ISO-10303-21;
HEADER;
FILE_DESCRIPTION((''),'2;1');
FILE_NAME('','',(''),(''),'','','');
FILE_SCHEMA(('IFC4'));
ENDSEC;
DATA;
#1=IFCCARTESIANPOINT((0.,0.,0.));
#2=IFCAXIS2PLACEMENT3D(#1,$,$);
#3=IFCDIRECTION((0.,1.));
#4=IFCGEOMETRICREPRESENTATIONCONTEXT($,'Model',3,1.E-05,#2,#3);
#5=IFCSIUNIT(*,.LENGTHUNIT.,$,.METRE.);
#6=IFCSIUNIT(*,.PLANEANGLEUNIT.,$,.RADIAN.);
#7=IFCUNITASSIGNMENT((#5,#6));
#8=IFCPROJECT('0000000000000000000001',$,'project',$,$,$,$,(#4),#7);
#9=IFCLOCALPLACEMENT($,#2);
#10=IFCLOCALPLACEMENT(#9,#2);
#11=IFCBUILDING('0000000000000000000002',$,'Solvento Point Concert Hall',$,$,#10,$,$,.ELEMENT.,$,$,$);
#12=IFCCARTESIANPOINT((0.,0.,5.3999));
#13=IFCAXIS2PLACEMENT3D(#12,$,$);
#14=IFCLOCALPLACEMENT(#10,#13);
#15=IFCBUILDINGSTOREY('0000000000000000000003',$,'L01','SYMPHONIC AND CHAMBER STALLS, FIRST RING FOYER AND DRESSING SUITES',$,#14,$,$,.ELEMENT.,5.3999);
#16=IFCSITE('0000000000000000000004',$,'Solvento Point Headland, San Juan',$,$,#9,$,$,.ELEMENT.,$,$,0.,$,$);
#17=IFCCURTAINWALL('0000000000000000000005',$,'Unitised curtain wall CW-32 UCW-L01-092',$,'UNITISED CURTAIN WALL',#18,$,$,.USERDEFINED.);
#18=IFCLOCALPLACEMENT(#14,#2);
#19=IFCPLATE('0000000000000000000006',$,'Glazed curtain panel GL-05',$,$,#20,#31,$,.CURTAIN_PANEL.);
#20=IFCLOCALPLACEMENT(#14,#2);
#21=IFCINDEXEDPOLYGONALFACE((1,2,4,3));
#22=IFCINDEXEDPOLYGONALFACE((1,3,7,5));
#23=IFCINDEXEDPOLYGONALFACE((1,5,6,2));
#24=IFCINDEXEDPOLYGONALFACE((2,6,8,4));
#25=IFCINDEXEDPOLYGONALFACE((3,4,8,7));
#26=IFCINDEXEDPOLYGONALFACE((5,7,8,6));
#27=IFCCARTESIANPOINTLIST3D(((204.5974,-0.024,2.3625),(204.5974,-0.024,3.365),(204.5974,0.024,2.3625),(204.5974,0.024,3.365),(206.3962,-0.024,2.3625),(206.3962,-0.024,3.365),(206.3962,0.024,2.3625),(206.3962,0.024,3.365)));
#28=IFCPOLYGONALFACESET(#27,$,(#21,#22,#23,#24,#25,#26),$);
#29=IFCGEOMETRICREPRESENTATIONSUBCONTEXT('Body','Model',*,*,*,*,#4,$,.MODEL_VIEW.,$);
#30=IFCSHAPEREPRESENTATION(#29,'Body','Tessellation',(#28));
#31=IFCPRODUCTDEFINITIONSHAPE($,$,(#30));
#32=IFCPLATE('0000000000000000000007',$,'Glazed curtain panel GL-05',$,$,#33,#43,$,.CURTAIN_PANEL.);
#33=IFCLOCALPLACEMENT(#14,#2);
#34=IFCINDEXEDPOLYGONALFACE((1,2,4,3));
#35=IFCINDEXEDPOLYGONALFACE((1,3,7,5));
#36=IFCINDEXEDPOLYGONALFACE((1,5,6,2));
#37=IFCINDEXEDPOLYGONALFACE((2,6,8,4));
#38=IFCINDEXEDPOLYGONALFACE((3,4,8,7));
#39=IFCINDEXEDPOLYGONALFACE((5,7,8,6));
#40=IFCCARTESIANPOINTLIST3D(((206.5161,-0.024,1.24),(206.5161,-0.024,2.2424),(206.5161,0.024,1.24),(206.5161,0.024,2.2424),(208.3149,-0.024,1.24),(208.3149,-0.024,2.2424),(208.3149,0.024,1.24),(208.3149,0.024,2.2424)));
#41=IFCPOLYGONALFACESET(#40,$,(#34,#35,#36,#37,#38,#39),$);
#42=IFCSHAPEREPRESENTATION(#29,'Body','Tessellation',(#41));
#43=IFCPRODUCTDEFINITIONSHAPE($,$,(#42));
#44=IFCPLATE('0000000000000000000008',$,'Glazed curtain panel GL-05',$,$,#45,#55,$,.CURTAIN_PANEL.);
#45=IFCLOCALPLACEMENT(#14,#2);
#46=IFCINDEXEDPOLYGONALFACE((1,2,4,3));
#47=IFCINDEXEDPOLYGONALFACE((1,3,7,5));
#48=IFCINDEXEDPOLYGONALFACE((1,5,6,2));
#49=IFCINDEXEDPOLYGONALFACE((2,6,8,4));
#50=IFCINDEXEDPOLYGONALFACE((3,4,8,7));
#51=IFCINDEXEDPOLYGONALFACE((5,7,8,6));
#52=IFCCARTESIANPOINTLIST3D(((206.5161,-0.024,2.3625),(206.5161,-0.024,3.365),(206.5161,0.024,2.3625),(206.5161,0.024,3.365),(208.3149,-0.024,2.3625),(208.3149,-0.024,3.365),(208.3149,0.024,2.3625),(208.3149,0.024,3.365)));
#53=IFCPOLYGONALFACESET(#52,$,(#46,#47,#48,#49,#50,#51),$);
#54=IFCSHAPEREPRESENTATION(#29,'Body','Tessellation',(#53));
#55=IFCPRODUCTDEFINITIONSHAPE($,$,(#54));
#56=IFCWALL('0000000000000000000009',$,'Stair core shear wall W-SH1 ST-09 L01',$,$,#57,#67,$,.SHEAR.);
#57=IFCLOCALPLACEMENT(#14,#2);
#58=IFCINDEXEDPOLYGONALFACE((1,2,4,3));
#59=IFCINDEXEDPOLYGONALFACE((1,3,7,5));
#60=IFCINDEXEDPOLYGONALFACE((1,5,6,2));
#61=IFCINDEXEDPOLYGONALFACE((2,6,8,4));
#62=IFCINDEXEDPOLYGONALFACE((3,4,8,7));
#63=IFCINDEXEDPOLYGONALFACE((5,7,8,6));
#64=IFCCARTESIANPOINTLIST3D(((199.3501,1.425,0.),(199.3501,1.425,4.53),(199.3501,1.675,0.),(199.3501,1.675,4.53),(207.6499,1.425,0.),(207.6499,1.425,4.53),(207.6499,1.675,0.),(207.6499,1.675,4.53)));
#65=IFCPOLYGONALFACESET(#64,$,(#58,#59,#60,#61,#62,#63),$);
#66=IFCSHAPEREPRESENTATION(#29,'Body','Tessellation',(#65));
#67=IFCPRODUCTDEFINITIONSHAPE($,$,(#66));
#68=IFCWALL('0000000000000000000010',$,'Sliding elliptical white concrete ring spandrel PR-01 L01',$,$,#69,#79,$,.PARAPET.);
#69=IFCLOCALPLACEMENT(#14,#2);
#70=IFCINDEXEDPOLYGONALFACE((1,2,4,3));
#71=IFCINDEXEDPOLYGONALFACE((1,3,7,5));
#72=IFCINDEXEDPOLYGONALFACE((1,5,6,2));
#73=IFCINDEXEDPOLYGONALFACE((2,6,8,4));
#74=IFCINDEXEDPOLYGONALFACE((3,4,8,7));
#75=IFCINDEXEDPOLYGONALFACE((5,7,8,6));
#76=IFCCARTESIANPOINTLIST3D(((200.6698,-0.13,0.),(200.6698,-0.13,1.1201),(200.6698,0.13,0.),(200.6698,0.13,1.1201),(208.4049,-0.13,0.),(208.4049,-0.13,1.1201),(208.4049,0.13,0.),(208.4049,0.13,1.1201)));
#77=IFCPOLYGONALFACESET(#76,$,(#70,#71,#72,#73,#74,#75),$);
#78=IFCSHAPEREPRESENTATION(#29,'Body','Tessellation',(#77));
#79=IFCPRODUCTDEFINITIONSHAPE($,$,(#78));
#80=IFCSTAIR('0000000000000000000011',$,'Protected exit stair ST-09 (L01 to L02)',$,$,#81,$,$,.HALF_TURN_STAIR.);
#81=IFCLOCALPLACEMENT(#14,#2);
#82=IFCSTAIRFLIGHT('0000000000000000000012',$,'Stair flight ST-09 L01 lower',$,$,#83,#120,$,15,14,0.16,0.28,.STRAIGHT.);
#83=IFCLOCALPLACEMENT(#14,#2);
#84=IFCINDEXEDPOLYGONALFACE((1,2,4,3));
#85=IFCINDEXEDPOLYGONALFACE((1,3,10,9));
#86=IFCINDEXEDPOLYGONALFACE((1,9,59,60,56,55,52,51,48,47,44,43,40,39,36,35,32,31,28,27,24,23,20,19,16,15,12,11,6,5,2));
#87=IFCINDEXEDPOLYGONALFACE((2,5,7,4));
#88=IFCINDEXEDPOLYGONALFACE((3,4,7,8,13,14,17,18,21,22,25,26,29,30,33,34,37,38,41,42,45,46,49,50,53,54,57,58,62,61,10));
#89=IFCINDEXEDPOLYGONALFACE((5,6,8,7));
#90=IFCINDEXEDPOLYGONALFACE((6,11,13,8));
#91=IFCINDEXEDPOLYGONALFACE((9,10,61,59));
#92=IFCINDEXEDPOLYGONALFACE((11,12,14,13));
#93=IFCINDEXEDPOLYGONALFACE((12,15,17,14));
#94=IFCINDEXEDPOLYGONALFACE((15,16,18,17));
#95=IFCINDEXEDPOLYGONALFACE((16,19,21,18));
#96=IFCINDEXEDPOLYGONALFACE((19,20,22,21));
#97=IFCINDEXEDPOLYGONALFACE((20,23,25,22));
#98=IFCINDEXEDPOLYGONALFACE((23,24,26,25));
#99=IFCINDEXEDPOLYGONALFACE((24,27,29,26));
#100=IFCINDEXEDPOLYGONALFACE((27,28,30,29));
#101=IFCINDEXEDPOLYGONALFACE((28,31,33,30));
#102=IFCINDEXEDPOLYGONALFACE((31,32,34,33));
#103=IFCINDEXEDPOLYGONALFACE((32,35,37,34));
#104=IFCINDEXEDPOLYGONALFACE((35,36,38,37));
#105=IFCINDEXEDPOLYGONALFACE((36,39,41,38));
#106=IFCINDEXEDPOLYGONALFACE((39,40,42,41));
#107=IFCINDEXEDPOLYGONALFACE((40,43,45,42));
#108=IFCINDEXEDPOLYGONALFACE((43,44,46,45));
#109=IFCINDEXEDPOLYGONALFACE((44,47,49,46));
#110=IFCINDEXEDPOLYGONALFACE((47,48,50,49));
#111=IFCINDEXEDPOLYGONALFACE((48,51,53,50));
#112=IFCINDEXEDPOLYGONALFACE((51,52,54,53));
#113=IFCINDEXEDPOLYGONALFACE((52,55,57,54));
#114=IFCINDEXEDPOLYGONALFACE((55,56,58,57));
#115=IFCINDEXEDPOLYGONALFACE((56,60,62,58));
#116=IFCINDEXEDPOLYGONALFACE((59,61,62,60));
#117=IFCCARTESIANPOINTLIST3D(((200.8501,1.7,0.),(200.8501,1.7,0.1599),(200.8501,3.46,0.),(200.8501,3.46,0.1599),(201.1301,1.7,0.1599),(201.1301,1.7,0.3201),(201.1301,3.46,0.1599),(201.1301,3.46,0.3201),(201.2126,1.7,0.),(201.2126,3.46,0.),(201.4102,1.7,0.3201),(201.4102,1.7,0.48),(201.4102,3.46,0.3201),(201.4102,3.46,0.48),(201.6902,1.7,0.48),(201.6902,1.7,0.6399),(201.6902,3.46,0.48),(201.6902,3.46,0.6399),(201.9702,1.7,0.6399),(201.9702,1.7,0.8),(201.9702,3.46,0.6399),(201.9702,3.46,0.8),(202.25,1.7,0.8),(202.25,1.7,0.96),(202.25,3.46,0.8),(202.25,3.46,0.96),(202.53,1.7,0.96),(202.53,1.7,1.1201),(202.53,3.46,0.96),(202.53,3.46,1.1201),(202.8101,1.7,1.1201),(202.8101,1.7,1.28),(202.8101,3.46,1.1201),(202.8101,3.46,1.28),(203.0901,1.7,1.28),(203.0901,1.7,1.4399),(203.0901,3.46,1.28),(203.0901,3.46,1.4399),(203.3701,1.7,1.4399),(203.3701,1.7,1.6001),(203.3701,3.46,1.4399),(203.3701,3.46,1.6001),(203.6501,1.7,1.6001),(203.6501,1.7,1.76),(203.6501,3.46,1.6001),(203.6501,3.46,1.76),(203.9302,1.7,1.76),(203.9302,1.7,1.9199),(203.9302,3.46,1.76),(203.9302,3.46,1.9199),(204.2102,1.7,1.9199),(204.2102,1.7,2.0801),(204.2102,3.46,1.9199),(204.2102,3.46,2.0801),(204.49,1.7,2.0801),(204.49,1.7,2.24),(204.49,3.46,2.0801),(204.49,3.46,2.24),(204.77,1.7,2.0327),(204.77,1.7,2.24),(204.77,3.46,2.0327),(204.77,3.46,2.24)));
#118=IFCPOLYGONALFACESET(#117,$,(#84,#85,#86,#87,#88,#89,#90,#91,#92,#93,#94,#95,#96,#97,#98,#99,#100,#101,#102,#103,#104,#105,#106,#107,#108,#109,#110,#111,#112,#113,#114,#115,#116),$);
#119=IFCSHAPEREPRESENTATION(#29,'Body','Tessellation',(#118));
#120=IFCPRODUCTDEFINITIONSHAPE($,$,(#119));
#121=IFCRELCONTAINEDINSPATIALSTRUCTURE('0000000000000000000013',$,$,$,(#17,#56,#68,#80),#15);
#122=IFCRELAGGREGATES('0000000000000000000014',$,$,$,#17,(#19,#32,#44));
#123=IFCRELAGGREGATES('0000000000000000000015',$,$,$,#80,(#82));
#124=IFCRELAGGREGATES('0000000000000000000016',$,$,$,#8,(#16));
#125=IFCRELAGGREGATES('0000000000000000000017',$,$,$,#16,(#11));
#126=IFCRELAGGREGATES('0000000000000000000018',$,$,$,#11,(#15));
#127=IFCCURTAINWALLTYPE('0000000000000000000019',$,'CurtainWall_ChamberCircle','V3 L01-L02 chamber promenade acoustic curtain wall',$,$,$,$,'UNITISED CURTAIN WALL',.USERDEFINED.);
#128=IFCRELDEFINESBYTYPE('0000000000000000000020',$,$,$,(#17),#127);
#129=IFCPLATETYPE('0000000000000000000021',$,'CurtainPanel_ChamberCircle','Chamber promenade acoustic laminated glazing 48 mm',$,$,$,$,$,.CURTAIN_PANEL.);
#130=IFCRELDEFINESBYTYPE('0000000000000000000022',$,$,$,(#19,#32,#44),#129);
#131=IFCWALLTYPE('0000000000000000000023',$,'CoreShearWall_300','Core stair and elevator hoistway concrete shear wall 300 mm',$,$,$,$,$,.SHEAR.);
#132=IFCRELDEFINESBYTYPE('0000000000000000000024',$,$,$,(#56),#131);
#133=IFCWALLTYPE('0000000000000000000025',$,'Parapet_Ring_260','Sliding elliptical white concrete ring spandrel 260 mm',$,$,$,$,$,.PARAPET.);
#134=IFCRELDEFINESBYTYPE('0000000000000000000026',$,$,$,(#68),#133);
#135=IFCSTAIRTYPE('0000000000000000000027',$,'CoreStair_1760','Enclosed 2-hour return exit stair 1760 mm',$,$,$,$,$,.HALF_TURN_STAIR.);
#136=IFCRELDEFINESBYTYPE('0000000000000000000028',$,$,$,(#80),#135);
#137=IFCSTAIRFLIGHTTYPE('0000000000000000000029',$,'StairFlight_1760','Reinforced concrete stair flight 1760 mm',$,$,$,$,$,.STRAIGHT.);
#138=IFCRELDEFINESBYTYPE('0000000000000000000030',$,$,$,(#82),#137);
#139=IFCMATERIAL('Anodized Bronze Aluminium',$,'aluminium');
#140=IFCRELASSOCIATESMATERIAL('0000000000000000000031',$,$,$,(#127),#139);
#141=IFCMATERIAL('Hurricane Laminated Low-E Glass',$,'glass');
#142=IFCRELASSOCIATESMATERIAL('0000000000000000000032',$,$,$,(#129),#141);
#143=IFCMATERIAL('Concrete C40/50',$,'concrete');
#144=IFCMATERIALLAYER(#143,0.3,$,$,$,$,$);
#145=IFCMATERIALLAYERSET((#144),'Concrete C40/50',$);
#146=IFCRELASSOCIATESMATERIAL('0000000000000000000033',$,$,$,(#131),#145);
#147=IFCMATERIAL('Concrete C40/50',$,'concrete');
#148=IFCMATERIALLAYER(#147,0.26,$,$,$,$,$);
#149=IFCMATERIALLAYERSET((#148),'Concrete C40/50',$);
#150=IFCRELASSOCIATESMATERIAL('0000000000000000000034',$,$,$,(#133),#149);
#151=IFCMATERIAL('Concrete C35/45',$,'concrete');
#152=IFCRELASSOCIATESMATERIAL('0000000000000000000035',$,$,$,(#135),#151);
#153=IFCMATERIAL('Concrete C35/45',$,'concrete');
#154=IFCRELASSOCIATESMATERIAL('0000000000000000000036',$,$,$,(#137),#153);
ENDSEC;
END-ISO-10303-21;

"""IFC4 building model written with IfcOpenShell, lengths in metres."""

from ifc_helpers import new_model, si_unit, direction, frame, frame_2d, origin, origin_2d, place, context, subcontext, project, spatial, polyline, rectangle, outline, extrude, material, layer, layer_set, type_object, element, aggregate, save


model = new_model("IFC4")

# Units and contexts
model_context = context("Model", 3, precision=1e-05, world=origin(), true_north=direction((0.0, 1.0)))
body_context = subcontext(model_context, "Body", "Model", "MODEL_VIEW")
ifc_project = project(units=[si_unit("LENGTHUNIT", "METRE"), si_unit("PLANEANGLEUNIT", "RADIAN")], contexts=[model_context])

# Site, building, storey
site_placement = place(None, origin())
site = spatial("IfcSite", under=ifc_project, at=site_placement, Name="Solvento Point Headland, San Juan", CompositionType="ELEMENT", RefElevation=0.0)
building_placement = place(site_placement, origin())
building = spatial("IfcBuilding", under=site, at=building_placement, Name="Solvento Point Concert Hall", CompositionType="ELEMENT")
storey_placement = place(building_placement, frame((0.0, 0.0, 5.3999)))
storey = spatial("IfcBuildingStorey", under=building, at=storey_placement, Name="L01", Description="SYMPHONIC AND CHAMBER STALLS, FIRST RING FOYER AND DRESSING SUITES", CompositionType="ELEMENT", Elevation=5.3999)

# Curtain wall
ifc_material_1 = material(Name="Anodized Bronze Aluminium", Category="aluminium")
curtain_wall_type = type_object("IfcCurtainWallType", Name="CurtainWall_ChamberCircle", Description="V3 L01-L02 chamber promenade acoustic curtain wall", ElementType="UNITISED CURTAIN WALL", PredefinedType="USERDEFINED", material=ifc_material_1)
curtain_wall_1_placement = place(storey_placement, origin())
curtain_wall_1 = element("IfcCurtainWall", 1, at=curtain_wall_1_placement, inside=storey, type_object=curtain_wall_type, Name="Unitised curtain wall CW-32 UCW-L01-092", ObjectType="UNITISED CURTAIN WALL", PredefinedType="USERDEFINED")

# Plates
ifc_material_2 = material(Name="Hurricane Laminated Low-E Glass", Category="glass")
plate_type = type_object("IfcPlateType", Name="CurtainPanel_ChamberCircle", Description="Chamber promenade acoustic laminated glazing 48 mm", PredefinedType="CURTAIN_PANEL", material=ifc_material_2)
plate_1_placement = place(storey_placement, frame((205.4968, 0.0, 2.3625), z_axis=(0.0, 0.0, 1.0), x_axis=(1.0, 0.0, 0.0)))
plate_1 = element("IfcPlate", 2, at=plate_1_placement, type_object=plate_type, Name="Glazed curtain panel GL-05", PredefinedType="CURTAIN_PANEL", context=body_context, shape_type="SweptSolid", body=[
    extrude(rectangle(XDim=1.7988, YDim=0.0481, at=origin_2d()), origin(), (0.0, 0.0, 1.0), 1.0024),
])
plate_2_placement = place(storey_placement, frame((207.4155, 0.0, 1.24), z_axis=(0.0, 0.0, 1.0), x_axis=(1.0, 0.0, 0.0)))
plate_2 = element("IfcPlate", 3, at=plate_2_placement, type_object=plate_type, Name="Glazed curtain panel GL-05", PredefinedType="CURTAIN_PANEL", context=body_context, shape_type="SweptSolid", body=[
    extrude(rectangle(XDim=1.7988, YDim=0.0481, at=origin_2d()), origin(), (0.0, 0.0, 1.0), 1.0024),
])
plate_3_placement = place(storey_placement, frame((207.4155, 0.0, 2.3625), z_axis=(0.0, 0.0, 1.0), x_axis=(1.0, 0.0, 0.0)))
plate_3 = element("IfcPlate", 4, at=plate_3_placement, type_object=plate_type, Name="Glazed curtain panel GL-05", PredefinedType="CURTAIN_PANEL", context=body_context, shape_type="SweptSolid", body=[
    extrude(rectangle(XDim=1.7988, YDim=0.0481, at=origin_2d()), origin(), (0.0, 0.0, 1.0), 1.0024),
])
aggregate(curtain_wall_1, [plate_1, plate_2, plate_3])

# Walls
ifc_material_3 = material(Name="Concrete C40/50", Category="concrete")
ifc_layer_1 = layer(ifc_material_3, 0.3)
ifc_layer_set_1 = layer_set([ifc_layer_1], Name="Concrete C40/50")
wall_type_1 = type_object("IfcWallType", Name="CoreShearWall_300", Description="Core stair and elevator hoistway concrete shear wall 300 mm", PredefinedType="SHEAR", material=ifc_layer_set_1)
wall_1_placement = place(storey_placement, frame((207.6499, 1.55, 0.0), z_axis=(0.0, 0.0, 1.0), x_axis=(-1.0, 0.0, 0.0)))
element("IfcWall", 5, at=wall_1_placement, inside=storey, type_object=wall_type_1, Name="Stair core shear wall W-SH1 ST-09 L01", PredefinedType="SHEAR", context=body_context, shape_type="SweptSolid", body=[
    extrude(rectangle(XDim=8.2998, YDim=0.25, at=frame_2d((4.1499, 0.0))), origin(), (0.0, 0.0, 1.0), 4.53),
])
ifc_material_4 = material(Name="Concrete C40/50", Category="concrete")
ifc_layer_2 = layer(ifc_material_4, 0.26)
ifc_layer_set_2 = layer_set([ifc_layer_2], Name="Concrete C40/50")
wall_type_2 = type_object("IfcWallType", Name="Parapet_Ring_260", Description="Sliding elliptical white concrete ring spandrel 260 mm", PredefinedType="PARAPET", material=ifc_layer_set_2)
wall_2_placement = place(storey_placement, frame((208.405, 0.0, 0.0), z_axis=(0.0, 0.0, 1.0), x_axis=(-1.0, 0.0, 0.0)))
element("IfcWall", 6, at=wall_2_placement, inside=storey, type_object=wall_type_2, Name="Sliding elliptical white concrete ring spandrel PR-01 L01", PredefinedType="PARAPET", context=body_context, shape_type="SweptSolid", body=[
    extrude(rectangle(XDim=7.7351, YDim=0.26, at=frame_2d((3.8677, 0.0))), origin(), (0.0, 0.0, 1.0), 1.1201),
])

# Stair, stair flight
ifc_material_5 = material(Name="Concrete C35/45", Category="concrete")
stair_type = type_object("IfcStairType", Name="CoreStair_1760", Description="Enclosed 2-hour return exit stair 1760 mm", PredefinedType="HALF_TURN_STAIR", material=ifc_material_5)
stair_placement = place(storey_placement, origin())
stair = element("IfcStair", 7, at=stair_placement, inside=storey, type_object=stair_type, Name="Protected exit stair ST-09 (L01 to L02)", PredefinedType="HALF_TURN_STAIR")
ifc_material_6 = material(Name="Concrete C35/45", Category="concrete")
stair_flight_type = type_object("IfcStairFlightType", Name="StairFlight_1760", Description="Reinforced concrete stair flight 1760 mm", PredefinedType="STRAIGHT", material=ifc_material_6)
stair_flight_placement = place(storey_placement, frame((200.8501, 2.5801, 0.0), z_axis=(0.0, 0.0, 1.0), x_axis=(1.0, 0.0, 0.0)))
stair_flight = element("IfcStairFlight", 8, at=stair_flight_placement, type_object=stair_flight_type, Name="Stair flight ST-09 L01 lower", NumberOfRisers=15, NumberOfTreads=14, PredefinedType="STRAIGHT", RiserHeight=0.16, TreadLength=0.28, context=body_context, shape_type="SweptSolid", body=[
    extrude(outline(polyline([(0.0, 0.0), (0.0, 0.1599), (0.28, 0.1599), (0.28, 0.3201), (0.5601, 0.3201), (0.5601, 0.48), (0.8401, 0.48), (0.8401, 0.6399), (1.1201, 0.6399), (1.1201, 0.8), (1.3999, 0.8), (1.3999, 0.96), (1.6799, 0.96), (1.6799, 1.1201), (1.96, 1.1201), (1.96, 1.28), (2.24, 1.28), (2.24, 1.4399), (2.52, 1.4399), (2.52, 1.6001), (2.8, 1.6001), (2.8, 1.76), (3.0801, 1.76), (3.0801, 1.9199), (3.3601, 1.9199), (3.3601, 2.0801), (3.6399, 2.0801), (3.6399, 2.24), (3.9199, 2.24), (3.9199, 2.3999), (3.9199, 2.0327), (0.3625, 0.0), (0.0, 0.0)])), frame((0.0, 0.8799, 0.0), z_axis=(0.0, -1.0, 0.0), x_axis=(1.0, 0.0, 0.0)), (0.0, 0.0, 1.0), 1.76),
])
aggregate(stair, [stair_flight])

save(model, "model.ifc")
